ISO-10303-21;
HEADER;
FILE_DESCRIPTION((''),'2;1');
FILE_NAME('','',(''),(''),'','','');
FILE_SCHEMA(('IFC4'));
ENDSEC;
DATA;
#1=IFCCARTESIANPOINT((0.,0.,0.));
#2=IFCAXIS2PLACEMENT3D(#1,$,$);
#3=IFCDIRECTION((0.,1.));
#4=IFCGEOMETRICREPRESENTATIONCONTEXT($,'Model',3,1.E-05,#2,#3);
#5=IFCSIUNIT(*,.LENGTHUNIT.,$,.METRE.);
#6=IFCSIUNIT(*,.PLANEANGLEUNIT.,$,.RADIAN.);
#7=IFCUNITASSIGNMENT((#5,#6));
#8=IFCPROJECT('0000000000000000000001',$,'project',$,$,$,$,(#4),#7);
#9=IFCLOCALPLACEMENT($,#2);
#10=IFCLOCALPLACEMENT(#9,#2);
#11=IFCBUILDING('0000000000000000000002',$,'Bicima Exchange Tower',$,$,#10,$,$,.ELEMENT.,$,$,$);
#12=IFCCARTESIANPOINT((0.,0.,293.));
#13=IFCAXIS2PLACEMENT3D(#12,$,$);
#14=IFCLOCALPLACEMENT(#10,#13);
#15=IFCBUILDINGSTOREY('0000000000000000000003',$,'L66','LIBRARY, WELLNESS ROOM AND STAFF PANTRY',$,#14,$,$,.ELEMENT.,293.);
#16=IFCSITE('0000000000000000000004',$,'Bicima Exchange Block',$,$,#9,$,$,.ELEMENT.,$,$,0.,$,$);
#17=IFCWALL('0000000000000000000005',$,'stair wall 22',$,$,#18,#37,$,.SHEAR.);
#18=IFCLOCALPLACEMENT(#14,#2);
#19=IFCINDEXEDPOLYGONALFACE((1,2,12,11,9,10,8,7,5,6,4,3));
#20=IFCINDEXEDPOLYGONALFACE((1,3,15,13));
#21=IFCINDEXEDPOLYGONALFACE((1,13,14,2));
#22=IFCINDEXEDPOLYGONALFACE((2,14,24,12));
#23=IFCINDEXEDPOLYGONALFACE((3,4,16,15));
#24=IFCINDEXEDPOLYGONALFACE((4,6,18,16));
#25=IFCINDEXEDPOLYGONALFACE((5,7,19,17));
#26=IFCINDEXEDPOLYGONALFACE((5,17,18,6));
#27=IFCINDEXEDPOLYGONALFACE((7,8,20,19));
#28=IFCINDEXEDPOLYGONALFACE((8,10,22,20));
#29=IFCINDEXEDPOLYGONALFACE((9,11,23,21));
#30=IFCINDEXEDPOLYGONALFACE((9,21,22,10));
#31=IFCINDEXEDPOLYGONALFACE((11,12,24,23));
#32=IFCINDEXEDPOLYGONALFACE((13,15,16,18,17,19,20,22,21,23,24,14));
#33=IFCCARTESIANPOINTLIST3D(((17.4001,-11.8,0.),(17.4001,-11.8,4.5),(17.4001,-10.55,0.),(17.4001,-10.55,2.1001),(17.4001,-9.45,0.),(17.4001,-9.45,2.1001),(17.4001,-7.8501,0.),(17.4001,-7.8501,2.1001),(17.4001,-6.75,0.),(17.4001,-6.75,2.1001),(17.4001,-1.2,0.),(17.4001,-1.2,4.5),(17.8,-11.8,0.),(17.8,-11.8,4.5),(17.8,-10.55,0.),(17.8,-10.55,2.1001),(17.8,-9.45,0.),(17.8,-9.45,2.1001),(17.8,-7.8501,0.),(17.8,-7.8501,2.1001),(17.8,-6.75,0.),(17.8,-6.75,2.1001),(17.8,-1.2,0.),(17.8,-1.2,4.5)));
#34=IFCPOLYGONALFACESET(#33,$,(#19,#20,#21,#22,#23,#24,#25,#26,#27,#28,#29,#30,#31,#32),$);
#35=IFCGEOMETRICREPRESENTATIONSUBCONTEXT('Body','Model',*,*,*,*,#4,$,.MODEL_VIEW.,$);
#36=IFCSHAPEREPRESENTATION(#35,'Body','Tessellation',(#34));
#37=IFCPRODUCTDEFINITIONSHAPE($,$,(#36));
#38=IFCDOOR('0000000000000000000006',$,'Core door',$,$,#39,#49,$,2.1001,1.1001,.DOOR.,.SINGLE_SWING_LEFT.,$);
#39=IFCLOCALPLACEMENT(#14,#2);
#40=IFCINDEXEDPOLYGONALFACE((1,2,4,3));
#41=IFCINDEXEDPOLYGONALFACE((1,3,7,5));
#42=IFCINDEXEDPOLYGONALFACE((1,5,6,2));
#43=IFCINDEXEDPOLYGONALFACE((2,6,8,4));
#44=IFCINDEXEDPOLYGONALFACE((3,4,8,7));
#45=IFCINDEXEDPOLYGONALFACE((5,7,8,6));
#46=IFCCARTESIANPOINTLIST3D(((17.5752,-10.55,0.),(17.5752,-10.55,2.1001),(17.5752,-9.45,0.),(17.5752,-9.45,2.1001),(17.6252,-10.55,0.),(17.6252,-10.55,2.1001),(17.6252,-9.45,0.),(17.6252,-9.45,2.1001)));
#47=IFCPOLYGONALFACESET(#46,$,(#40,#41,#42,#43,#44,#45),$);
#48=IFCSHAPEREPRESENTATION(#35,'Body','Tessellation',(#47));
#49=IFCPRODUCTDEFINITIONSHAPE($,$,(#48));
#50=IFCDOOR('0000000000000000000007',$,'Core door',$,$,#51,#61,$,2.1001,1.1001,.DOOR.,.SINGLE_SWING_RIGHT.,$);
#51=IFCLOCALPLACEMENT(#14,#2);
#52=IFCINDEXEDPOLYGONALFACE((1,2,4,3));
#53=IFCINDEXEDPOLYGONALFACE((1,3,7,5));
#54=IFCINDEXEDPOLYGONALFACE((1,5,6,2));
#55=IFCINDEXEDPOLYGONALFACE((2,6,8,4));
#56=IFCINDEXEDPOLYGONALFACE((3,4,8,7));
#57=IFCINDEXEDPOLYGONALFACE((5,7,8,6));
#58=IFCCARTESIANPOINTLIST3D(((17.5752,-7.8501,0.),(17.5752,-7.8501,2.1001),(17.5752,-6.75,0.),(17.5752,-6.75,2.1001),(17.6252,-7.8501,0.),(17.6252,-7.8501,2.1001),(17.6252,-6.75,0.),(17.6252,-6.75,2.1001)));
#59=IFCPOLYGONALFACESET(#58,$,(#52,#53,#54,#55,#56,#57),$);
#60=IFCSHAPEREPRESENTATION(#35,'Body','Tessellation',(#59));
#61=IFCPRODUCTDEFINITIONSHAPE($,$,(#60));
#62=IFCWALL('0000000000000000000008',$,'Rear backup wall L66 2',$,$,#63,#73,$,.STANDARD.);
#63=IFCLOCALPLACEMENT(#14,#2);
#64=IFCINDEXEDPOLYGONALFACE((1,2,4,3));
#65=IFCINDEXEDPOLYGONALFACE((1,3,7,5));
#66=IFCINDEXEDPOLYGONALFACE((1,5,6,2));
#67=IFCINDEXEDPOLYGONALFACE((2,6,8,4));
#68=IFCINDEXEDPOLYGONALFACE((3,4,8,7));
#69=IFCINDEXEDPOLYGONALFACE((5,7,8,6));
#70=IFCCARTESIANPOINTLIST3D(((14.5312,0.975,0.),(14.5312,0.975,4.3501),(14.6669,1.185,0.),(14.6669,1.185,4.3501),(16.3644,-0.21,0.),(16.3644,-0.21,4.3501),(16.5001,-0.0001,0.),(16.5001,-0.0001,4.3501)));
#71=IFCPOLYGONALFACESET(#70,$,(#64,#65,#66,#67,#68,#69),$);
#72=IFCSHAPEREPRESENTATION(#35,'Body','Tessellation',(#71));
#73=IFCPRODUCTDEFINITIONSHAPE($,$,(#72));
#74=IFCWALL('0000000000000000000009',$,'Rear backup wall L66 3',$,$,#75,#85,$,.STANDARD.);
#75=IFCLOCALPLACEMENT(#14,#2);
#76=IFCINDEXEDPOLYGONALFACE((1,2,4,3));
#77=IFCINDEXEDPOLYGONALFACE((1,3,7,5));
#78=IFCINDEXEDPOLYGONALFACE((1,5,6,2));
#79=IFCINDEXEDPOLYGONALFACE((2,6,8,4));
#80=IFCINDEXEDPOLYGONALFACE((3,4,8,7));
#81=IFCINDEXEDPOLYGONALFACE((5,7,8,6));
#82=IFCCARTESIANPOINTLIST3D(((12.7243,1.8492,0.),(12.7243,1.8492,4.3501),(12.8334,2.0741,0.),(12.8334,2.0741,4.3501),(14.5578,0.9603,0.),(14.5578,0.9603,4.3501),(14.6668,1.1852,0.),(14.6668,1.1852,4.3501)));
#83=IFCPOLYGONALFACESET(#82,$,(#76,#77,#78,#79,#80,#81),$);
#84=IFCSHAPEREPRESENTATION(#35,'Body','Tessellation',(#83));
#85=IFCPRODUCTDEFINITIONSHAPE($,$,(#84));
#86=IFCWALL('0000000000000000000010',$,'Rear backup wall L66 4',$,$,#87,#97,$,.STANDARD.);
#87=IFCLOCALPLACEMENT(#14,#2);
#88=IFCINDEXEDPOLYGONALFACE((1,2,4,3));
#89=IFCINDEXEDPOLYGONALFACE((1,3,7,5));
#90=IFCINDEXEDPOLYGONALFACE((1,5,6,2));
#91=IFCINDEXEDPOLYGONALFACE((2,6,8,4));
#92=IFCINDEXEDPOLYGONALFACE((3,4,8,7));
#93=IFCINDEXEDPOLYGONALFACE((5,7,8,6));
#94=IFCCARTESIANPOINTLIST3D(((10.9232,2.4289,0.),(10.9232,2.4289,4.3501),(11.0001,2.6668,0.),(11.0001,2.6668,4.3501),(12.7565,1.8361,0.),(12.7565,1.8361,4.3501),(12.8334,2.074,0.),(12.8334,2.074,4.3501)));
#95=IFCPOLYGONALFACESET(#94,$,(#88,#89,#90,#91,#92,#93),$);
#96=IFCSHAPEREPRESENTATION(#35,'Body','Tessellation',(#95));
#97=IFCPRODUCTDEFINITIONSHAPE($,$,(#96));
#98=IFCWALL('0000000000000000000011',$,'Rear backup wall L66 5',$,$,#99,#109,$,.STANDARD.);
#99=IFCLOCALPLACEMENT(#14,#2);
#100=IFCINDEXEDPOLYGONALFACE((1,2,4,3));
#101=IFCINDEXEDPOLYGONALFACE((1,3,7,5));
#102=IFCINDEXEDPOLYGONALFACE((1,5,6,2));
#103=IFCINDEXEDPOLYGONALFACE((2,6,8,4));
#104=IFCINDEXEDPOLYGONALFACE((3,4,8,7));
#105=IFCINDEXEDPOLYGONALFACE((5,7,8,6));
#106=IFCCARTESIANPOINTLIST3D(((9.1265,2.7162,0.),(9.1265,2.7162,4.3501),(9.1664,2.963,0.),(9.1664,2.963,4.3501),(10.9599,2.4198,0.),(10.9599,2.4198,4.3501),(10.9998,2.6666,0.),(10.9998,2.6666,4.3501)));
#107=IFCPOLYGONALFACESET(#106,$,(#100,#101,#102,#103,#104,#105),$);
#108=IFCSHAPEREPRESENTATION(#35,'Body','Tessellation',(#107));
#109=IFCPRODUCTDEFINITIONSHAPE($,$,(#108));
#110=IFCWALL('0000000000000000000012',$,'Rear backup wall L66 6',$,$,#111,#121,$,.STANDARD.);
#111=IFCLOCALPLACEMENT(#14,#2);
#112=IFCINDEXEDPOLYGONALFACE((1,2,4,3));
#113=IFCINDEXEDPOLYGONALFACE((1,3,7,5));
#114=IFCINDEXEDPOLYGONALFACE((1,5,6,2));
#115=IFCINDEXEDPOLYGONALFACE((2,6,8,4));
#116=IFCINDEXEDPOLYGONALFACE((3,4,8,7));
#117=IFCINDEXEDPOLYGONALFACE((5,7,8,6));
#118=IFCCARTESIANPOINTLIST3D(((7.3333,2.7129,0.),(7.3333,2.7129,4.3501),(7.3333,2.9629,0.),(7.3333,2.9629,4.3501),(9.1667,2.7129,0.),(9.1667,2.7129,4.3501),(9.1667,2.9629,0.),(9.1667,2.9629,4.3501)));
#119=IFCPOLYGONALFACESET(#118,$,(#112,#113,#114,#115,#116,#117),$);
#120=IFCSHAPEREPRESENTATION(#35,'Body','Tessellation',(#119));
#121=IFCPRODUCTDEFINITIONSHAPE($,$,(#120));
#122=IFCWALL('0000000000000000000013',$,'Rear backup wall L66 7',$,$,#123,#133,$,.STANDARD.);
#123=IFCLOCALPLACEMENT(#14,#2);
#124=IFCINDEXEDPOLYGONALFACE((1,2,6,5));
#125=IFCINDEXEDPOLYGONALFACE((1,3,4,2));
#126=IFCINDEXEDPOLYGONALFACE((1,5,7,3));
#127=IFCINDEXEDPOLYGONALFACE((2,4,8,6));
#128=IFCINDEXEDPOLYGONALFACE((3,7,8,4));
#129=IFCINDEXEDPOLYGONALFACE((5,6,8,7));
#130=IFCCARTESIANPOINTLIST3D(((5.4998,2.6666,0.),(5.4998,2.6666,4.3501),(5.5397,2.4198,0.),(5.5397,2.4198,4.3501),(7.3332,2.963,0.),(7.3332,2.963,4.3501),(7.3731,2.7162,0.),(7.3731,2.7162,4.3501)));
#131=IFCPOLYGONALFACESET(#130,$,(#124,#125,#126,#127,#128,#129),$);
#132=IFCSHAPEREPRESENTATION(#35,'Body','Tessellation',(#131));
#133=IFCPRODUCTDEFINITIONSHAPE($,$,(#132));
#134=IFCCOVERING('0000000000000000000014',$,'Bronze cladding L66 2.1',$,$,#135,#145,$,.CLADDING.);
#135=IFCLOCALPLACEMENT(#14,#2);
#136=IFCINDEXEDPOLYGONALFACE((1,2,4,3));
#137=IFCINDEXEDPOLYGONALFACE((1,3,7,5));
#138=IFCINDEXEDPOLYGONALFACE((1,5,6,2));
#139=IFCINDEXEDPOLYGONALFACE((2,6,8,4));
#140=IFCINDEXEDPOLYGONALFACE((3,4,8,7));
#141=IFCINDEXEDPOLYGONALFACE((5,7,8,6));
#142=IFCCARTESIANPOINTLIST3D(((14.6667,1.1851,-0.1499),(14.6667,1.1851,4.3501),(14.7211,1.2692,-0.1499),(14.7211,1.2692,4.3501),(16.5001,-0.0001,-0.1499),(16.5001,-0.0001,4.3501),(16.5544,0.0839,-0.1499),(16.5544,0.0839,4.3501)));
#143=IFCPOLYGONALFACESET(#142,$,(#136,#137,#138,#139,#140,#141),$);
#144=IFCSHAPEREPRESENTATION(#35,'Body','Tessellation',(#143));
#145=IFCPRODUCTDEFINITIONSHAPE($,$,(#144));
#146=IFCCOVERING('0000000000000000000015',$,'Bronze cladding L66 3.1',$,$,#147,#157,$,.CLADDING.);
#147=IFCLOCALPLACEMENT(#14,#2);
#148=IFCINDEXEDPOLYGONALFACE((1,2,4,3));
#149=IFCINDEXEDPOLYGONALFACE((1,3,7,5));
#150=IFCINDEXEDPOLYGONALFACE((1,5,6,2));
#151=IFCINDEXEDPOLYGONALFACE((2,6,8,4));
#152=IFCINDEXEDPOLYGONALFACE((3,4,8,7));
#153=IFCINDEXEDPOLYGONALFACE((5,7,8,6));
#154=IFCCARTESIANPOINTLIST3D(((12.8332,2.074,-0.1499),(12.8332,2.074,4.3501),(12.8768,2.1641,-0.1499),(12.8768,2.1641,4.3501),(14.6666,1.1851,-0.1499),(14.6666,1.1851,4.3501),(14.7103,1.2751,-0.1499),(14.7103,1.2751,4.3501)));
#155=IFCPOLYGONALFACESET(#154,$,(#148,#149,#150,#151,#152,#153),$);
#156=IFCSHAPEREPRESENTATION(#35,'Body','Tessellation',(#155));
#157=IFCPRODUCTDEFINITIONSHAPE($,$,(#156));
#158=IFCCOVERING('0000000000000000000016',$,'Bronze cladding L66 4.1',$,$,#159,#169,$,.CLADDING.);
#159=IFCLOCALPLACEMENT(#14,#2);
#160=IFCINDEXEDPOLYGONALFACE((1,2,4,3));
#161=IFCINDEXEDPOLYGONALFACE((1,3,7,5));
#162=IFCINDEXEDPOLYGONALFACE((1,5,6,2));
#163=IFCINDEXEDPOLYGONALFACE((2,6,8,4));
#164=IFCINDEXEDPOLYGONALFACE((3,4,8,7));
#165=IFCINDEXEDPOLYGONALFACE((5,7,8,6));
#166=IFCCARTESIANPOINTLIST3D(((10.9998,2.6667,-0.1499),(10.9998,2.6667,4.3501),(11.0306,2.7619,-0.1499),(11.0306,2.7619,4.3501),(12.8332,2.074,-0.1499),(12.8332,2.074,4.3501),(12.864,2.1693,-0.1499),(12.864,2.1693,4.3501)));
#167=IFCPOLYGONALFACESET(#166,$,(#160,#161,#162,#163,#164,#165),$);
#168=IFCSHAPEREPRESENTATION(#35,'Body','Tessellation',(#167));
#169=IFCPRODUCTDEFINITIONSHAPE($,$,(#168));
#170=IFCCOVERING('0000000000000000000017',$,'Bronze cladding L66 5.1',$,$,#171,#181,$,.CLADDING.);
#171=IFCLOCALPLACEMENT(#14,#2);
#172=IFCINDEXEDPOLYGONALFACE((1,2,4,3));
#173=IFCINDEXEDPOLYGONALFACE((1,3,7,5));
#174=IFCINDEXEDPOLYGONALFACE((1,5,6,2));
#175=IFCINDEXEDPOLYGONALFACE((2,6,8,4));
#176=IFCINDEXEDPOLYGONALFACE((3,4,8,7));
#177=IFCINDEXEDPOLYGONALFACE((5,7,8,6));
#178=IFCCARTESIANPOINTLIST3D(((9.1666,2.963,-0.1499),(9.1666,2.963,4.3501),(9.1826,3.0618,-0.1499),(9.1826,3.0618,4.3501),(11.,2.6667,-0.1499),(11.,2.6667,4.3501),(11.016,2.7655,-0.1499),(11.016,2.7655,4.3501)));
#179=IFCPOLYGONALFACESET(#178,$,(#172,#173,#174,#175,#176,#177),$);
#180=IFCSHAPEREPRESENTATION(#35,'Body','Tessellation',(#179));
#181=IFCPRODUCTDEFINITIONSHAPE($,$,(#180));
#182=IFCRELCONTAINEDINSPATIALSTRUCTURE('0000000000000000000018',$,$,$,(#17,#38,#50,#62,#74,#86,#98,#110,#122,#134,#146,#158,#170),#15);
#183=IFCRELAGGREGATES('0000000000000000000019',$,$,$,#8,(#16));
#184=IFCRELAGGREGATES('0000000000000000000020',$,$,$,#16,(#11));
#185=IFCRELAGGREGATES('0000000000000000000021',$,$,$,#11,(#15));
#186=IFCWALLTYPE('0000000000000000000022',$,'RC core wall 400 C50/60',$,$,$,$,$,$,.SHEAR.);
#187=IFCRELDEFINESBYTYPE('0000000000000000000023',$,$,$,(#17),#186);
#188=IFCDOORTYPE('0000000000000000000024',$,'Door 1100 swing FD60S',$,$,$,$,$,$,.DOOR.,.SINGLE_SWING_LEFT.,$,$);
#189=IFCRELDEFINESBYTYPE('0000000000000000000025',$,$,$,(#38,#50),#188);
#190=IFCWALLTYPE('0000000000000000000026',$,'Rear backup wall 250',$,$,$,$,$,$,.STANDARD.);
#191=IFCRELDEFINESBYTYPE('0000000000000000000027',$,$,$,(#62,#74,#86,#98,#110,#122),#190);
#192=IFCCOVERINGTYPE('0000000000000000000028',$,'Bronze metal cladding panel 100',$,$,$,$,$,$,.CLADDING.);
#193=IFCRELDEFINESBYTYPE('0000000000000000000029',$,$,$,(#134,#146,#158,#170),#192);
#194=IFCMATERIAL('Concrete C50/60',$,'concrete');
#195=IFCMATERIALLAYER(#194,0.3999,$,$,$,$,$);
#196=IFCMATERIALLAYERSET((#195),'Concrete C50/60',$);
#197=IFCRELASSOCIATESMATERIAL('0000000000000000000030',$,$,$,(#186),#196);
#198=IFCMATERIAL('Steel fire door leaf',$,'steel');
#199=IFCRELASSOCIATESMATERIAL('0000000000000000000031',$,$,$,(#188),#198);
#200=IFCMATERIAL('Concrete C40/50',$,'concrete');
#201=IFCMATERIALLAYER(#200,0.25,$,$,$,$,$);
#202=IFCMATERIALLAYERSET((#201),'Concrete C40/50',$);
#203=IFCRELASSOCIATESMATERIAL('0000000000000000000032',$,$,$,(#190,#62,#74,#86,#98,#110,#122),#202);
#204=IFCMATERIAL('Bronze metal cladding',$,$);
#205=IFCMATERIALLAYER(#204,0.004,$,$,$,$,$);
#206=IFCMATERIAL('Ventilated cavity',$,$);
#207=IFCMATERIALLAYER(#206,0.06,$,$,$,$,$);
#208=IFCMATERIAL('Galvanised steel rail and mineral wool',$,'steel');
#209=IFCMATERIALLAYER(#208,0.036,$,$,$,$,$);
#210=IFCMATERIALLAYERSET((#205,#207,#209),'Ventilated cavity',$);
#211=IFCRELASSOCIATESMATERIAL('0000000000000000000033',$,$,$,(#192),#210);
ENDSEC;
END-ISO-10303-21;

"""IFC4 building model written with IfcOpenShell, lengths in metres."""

from ifc_helpers import new_model, si_unit, direction, frame, frame_2d, origin, origin_2d, place, context, subcontext, project, spatial, rectangle, extrude, material, layer, layer_set, layer_usage, type_object, element, fill, save


model = new_model("IFC4")

# Units and contexts
model_context = context("Model", 3, precision=1e-05, world=origin(), true_north=direction((0.0, 1.0)))
body_context = subcontext(model_context, "Body", "Model", "MODEL_VIEW")
ifc_project = project(units=[si_unit("LENGTHUNIT", "METRE"), si_unit("PLANEANGLEUNIT", "RADIAN")], contexts=[model_context])

# Site, building, storey
site_placement = place(None, origin())
site = spatial("IfcSite", under=ifc_project, at=site_placement, Name="Bicima Exchange Block", CompositionType="ELEMENT", RefElevation=0.0)
building_placement = place(site_placement, origin())
building = spatial("IfcBuilding", under=site, at=building_placement, Name="Bicima Exchange Tower", CompositionType="ELEMENT")
storey_placement = place(building_placement, frame((0.0, 0.0, 293.0)))
storey = spatial("IfcBuildingStorey", under=building, at=storey_placement, Name="L66", Description="LIBRARY, WELLNESS ROOM AND STAFF PANTRY", CompositionType="ELEMENT", Elevation=293.0)

# Shared definitions
ifc_material_1 = material(Name="Concrete C40/50", Category="concrete")
ifc_material_2 = material(Name="Steel fire door leaf", Category="steel")

# Wall, openings, doors
ifc_material_3 = material(Name="Concrete C50/60", Category="concrete")
ifc_layer_1 = layer(ifc_material_3, 0.3999)
ifc_layer_set_1 = layer_set([ifc_layer_1], Name="Concrete C50/60")
wall_type_1 = type_object("IfcWallType", Name="RC core wall 400 C50/60", PredefinedType="SHEAR", material=ifc_layer_set_1)
wall_1_placement = place(storey_placement, frame((17.6001, -11.8, 0.0), z_axis=(0.0, 0.0, 1.0), x_axis=(0.0, 1.0, 0.0)))
wall_1 = element("IfcWall", 1, at=wall_1_placement, inside=storey, type_object=wall_type_1, Name="stair wall 22", PredefinedType="SHEAR", context=body_context, shape_type="SweptSolid", body=[
    extrude(rectangle(XDim=10.6001, YDim=0.3999, at=frame_2d((5.3, 0.0))), origin(), (0.0, 0.0, 1.0), 4.5),
])
opening_1_placement = place(wall_1_placement, frame((1.25, 0.0, 0.0)))
opening_1 = element("IfcOpeningElement", 2, at=opening_1_placement, cuts=wall_1, PredefinedType="OPENING", context=body_context, shape_type="SweptSolid", body=[
    extrude(rectangle(XDim=1.1001, YDim=2.1001, at=frame_2d((0.55, 1.05))), frame((0.0, 0.2119, 0.0), z_axis=(0.0, -1.0, 0.0), x_axis=(1.0, 0.0, 0.0)), (0.0, 0.0, 1.0), 0.4238),
])
opening_2_placement = place(wall_1_placement, frame((3.95, 0.0, 0.0)))
opening_2 = element("IfcOpeningElement", 3, at=opening_2_placement, cuts=wall_1, PredefinedType="OPENING", context=body_context, shape_type="SweptSolid", body=[
    extrude(rectangle(XDim=1.1001, YDim=2.1001, at=frame_2d((0.55, 1.05))), frame((0.0, 0.2119, 0.0), z_axis=(0.0, -1.0, 0.0), x_axis=(1.0, 0.0, 0.0)), (0.0, 0.0, 1.0), 0.4238),
])
door_type_1 = type_object("IfcDoorType", Name="Door 1100 swing FD60S", OperationType="SINGLE_SWING_LEFT", PredefinedType="DOOR", material=ifc_material_2)
door_1_placement = place(opening_1_placement, origin())
door_1 = element("IfcDoor", 4, at=door_1_placement, inside=storey, type_object=door_type_1, Name="Core door", OperationType="SINGLE_SWING_LEFT", OverallHeight=2.1001, OverallWidth=1.1001, PredefinedType="DOOR", context=body_context, shape_type="SweptSolid", body=[
    extrude(rectangle(XDim=1.1001, YDim=2.1001, at=frame_2d((0.55, 1.05))), frame((0.0, 0.0249, 0.0), z_axis=(0.0, -1.0, 0.0), x_axis=(1.0, 0.0, 0.0)), (0.0, 0.0, 1.0), 0.05),
])
fill(opening_1, door_1)
door_2_placement = place(opening_2_placement, origin())
door_2 = element("IfcDoor", 5, at=door_2_placement, inside=storey, type_object=door_type_1, Name="Core door", OperationType="SINGLE_SWING_RIGHT", OverallHeight=2.1001, OverallWidth=1.1001, PredefinedType="DOOR", context=body_context, shape_type="SweptSolid", body=[
    extrude(rectangle(XDim=1.1001, YDim=2.1001, at=frame_2d((0.55, 1.05))), frame((0.0, 0.0249, 0.0), z_axis=(0.0, -1.0, 0.0), x_axis=(1.0, 0.0, 0.0)), (0.0, 0.0, 1.0), 0.05),
])
fill(opening_2, door_2)

# Walls
ifc_layer_2 = layer(ifc_material_1, 0.25)
ifc_layer_set_2 = layer_set([ifc_layer_2], Name="Concrete C40/50")
ifc_layer_usage = layer_usage(ifc_layer_set_2, "AXIS2", "POSITIVE", -0.125)
wall_type_2 = type_object("IfcWallType", Name="Rear backup wall 250", PredefinedType="STANDARD", material=ifc_layer_set_2)
wall_2_placement = place(storey_placement, frame((16.4321, -0.105, 0.0), z_axis=(0.0, 0.0, 1.0), x_axis=(-0.839813, 0.542876, 0.0)))
element("IfcWall", 6, at=wall_2_placement, inside=storey, type_object=wall_type_2, material=ifc_layer_usage, Name="Rear backup wall L66 2", PredefinedType="STANDARD", context=body_context, shape_type="SweptSolid", body=[
    extrude(rectangle(XDim=2.1829, YDim=0.25, at=frame_2d((1.0913, 0.0))), origin(), (0.0, 0.0, 1.0), 4.3501),
])
wall_3_placement = place(storey_placement, frame((14.6123, 1.0728, 0.0), z_axis=(0.0, 0.0, 1.0), x_axis=(-0.899824, 0.436253, 0.0)))
element("IfcWall", 7, at=wall_3_placement, inside=storey, type_object=wall_type_2, material=ifc_layer_usage, Name="Rear backup wall L66 3", PredefinedType="STANDARD", context=body_context, shape_type="SweptSolid", body=[
    extrude(rectangle(XDim=2.0376, YDim=0.25, at=frame_2d((1.0188, 0.0))), origin(), (0.0, 0.0, 1.0), 4.3501),
])
wall_4_placement = place(storey_placement, frame((12.7949, 1.9551, 0.0), z_axis=(0.0, 0.0, 1.0), x_axis=(-0.951496, 0.307662, 0.0)))
element("IfcWall", 8, at=wall_4_placement, inside=storey, type_object=wall_type_2, material=ifc_layer_usage, Name="Rear backup wall L66 4", PredefinedType="STANDARD", context=body_context, shape_type="SweptSolid", body=[
    extrude(rectangle(XDim=1.9268, YDim=0.25, at=frame_2d((0.9634, 0.0))), origin(), (0.0, 0.0, 1.0), 4.3501),
])
wall_5_placement = place(storey_placement, frame((10.98, 2.5432, 0.0), z_axis=(0.0, 0.0, 1.0), x_axis=(-0.987182, 0.1596, 0.0)))
element("IfcWall", 9, at=wall_5_placement, inside=storey, type_object=wall_type_2, material=ifc_layer_usage, Name="Rear backup wall L66 5", PredefinedType="STANDARD", context=body_context, shape_type="SweptSolid", body=[
    extrude(rectangle(XDim=1.8572, YDim=0.25, at=frame_2d((0.9287, 0.0))), origin(), (0.0, 0.0, 1.0), 4.3501),
])
wall_6_placement = place(storey_placement, frame((9.1667, 2.8379, 0.0), z_axis=(0.0, 0.0, 1.0), x_axis=(-1.0, 0.0, 0.0)))
element("IfcWall", 10, at=wall_6_placement, inside=storey, type_object=wall_type_2, material=ifc_layer_usage, Name="Rear backup wall L66 6", PredefinedType="STANDARD", context=body_context, shape_type="SweptSolid", body=[
    extrude(rectangle(XDim=1.8335, YDim=0.25, at=frame_2d((0.9167, 0.0))), origin(), (0.0, 0.0, 1.0), 4.3501),
])
wall_7_placement = place(storey_placement, frame((7.3533, 2.8396, 0.0), z_axis=(0.0, 0.0, 1.0), x_axis=(-0.987182, -0.1596, 0.0)))
element("IfcWall", 11, at=wall_7_placement, inside=storey, type_object=wall_type_2, material=ifc_layer_usage, Name="Rear backup wall L66 7", PredefinedType="STANDARD", context=body_context, shape_type="SweptSolid", body=[
    extrude(rectangle(XDim=1.8572, YDim=0.25, at=frame_2d((0.9287, 0.0))), origin(), (0.0, 0.0, 1.0), 4.3501),
])

# Coverings
ifc_material_4 = material(Name="Bronze metal cladding")
ifc_layer_3 = layer(ifc_material_4, 0.004)
ifc_material_5 = material(Name="Ventilated cavity")
ifc_layer_4 = layer(ifc_material_5, 0.06)
ifc_material_6 = material(Name="Galvanised steel rail and mineral wool", Category="steel")
ifc_layer_5 = layer(ifc_material_6, 0.036)
ifc_layer_set_3 = layer_set([ifc_layer_3, ifc_layer_4, ifc_layer_5], Name="Ventilated cavity")
covering_type = type_object("IfcCoveringType", Name="Bronze metal cladding panel 100", PredefinedType="CLADDING", material=ifc_layer_set_3)
covering_1_placement = place(storey_placement, frame((15.6106, 0.6345, -0.1499), z_axis=(0.0, 0.0, 1.0), x_axis=(-0.83979, 0.542911, 0.0)))
element("IfcCovering", 12, at=covering_1_placement, inside=storey, type_object=covering_type, Name="Bronze cladding L66 2.1", PredefinedType="CLADDING", context=body_context, shape_type="SweptSolid", body=[
    extrude(rectangle(XDim=2.1831, YDim=0.1001, at=origin_2d()), origin(), (0.0, 0.0, 1.0), 4.5),
])
covering_2_placement = place(storey_placement, frame((13.7717, 1.6746, -0.1499), z_axis=(0.0, 0.0, 1.0), x_axis=(-0.899818, 0.436265, 0.0)))
element("IfcCovering", 13, at=covering_2_placement, inside=storey, type_object=covering_type, Name="Bronze cladding L66 3.1", PredefinedType="CLADDING", context=body_context, shape_type="SweptSolid", body=[
    extrude(rectangle(XDim=2.0376, YDim=0.1001, at=origin_2d()), origin(), (0.0, 0.0, 1.0), 4.5),
])
covering_3_placement = place(storey_placement, frame((11.9319, 2.418, -0.1499), z_axis=(0.0, 0.0, 1.0), x_axis=(-0.951525, 0.307573, 0.0)))
element("IfcCovering", 14, at=covering_3_placement, inside=storey, type_object=covering_type, Name="Bronze cladding L66 4.1", PredefinedType="CLADDING", context=body_context, shape_type="SweptSolid", body=[
    extrude(rectangle(XDim=1.9268, YDim=0.1001, at=origin_2d()), origin(), (0.0, 0.0, 1.0), 4.5),
])
covering_4_placement = place(storey_placement, frame((10.0913, 2.8643, -0.1499), z_axis=(0.0, 0.0, 1.0), x_axis=(-0.98719, 0.15955, 0.0)))
element("IfcCovering", 15, at=covering_4_placement, inside=storey, type_object=covering_type, Name="Bronze cladding L66 5.1", PredefinedType="CLADDING", context=body_context, shape_type="SweptSolid", body=[
    extrude(rectangle(XDim=1.8572, YDim=0.1001, at=origin_2d()), origin(), (0.0, 0.0, 1.0), 4.5),
])

save(model, "model.ifc")
